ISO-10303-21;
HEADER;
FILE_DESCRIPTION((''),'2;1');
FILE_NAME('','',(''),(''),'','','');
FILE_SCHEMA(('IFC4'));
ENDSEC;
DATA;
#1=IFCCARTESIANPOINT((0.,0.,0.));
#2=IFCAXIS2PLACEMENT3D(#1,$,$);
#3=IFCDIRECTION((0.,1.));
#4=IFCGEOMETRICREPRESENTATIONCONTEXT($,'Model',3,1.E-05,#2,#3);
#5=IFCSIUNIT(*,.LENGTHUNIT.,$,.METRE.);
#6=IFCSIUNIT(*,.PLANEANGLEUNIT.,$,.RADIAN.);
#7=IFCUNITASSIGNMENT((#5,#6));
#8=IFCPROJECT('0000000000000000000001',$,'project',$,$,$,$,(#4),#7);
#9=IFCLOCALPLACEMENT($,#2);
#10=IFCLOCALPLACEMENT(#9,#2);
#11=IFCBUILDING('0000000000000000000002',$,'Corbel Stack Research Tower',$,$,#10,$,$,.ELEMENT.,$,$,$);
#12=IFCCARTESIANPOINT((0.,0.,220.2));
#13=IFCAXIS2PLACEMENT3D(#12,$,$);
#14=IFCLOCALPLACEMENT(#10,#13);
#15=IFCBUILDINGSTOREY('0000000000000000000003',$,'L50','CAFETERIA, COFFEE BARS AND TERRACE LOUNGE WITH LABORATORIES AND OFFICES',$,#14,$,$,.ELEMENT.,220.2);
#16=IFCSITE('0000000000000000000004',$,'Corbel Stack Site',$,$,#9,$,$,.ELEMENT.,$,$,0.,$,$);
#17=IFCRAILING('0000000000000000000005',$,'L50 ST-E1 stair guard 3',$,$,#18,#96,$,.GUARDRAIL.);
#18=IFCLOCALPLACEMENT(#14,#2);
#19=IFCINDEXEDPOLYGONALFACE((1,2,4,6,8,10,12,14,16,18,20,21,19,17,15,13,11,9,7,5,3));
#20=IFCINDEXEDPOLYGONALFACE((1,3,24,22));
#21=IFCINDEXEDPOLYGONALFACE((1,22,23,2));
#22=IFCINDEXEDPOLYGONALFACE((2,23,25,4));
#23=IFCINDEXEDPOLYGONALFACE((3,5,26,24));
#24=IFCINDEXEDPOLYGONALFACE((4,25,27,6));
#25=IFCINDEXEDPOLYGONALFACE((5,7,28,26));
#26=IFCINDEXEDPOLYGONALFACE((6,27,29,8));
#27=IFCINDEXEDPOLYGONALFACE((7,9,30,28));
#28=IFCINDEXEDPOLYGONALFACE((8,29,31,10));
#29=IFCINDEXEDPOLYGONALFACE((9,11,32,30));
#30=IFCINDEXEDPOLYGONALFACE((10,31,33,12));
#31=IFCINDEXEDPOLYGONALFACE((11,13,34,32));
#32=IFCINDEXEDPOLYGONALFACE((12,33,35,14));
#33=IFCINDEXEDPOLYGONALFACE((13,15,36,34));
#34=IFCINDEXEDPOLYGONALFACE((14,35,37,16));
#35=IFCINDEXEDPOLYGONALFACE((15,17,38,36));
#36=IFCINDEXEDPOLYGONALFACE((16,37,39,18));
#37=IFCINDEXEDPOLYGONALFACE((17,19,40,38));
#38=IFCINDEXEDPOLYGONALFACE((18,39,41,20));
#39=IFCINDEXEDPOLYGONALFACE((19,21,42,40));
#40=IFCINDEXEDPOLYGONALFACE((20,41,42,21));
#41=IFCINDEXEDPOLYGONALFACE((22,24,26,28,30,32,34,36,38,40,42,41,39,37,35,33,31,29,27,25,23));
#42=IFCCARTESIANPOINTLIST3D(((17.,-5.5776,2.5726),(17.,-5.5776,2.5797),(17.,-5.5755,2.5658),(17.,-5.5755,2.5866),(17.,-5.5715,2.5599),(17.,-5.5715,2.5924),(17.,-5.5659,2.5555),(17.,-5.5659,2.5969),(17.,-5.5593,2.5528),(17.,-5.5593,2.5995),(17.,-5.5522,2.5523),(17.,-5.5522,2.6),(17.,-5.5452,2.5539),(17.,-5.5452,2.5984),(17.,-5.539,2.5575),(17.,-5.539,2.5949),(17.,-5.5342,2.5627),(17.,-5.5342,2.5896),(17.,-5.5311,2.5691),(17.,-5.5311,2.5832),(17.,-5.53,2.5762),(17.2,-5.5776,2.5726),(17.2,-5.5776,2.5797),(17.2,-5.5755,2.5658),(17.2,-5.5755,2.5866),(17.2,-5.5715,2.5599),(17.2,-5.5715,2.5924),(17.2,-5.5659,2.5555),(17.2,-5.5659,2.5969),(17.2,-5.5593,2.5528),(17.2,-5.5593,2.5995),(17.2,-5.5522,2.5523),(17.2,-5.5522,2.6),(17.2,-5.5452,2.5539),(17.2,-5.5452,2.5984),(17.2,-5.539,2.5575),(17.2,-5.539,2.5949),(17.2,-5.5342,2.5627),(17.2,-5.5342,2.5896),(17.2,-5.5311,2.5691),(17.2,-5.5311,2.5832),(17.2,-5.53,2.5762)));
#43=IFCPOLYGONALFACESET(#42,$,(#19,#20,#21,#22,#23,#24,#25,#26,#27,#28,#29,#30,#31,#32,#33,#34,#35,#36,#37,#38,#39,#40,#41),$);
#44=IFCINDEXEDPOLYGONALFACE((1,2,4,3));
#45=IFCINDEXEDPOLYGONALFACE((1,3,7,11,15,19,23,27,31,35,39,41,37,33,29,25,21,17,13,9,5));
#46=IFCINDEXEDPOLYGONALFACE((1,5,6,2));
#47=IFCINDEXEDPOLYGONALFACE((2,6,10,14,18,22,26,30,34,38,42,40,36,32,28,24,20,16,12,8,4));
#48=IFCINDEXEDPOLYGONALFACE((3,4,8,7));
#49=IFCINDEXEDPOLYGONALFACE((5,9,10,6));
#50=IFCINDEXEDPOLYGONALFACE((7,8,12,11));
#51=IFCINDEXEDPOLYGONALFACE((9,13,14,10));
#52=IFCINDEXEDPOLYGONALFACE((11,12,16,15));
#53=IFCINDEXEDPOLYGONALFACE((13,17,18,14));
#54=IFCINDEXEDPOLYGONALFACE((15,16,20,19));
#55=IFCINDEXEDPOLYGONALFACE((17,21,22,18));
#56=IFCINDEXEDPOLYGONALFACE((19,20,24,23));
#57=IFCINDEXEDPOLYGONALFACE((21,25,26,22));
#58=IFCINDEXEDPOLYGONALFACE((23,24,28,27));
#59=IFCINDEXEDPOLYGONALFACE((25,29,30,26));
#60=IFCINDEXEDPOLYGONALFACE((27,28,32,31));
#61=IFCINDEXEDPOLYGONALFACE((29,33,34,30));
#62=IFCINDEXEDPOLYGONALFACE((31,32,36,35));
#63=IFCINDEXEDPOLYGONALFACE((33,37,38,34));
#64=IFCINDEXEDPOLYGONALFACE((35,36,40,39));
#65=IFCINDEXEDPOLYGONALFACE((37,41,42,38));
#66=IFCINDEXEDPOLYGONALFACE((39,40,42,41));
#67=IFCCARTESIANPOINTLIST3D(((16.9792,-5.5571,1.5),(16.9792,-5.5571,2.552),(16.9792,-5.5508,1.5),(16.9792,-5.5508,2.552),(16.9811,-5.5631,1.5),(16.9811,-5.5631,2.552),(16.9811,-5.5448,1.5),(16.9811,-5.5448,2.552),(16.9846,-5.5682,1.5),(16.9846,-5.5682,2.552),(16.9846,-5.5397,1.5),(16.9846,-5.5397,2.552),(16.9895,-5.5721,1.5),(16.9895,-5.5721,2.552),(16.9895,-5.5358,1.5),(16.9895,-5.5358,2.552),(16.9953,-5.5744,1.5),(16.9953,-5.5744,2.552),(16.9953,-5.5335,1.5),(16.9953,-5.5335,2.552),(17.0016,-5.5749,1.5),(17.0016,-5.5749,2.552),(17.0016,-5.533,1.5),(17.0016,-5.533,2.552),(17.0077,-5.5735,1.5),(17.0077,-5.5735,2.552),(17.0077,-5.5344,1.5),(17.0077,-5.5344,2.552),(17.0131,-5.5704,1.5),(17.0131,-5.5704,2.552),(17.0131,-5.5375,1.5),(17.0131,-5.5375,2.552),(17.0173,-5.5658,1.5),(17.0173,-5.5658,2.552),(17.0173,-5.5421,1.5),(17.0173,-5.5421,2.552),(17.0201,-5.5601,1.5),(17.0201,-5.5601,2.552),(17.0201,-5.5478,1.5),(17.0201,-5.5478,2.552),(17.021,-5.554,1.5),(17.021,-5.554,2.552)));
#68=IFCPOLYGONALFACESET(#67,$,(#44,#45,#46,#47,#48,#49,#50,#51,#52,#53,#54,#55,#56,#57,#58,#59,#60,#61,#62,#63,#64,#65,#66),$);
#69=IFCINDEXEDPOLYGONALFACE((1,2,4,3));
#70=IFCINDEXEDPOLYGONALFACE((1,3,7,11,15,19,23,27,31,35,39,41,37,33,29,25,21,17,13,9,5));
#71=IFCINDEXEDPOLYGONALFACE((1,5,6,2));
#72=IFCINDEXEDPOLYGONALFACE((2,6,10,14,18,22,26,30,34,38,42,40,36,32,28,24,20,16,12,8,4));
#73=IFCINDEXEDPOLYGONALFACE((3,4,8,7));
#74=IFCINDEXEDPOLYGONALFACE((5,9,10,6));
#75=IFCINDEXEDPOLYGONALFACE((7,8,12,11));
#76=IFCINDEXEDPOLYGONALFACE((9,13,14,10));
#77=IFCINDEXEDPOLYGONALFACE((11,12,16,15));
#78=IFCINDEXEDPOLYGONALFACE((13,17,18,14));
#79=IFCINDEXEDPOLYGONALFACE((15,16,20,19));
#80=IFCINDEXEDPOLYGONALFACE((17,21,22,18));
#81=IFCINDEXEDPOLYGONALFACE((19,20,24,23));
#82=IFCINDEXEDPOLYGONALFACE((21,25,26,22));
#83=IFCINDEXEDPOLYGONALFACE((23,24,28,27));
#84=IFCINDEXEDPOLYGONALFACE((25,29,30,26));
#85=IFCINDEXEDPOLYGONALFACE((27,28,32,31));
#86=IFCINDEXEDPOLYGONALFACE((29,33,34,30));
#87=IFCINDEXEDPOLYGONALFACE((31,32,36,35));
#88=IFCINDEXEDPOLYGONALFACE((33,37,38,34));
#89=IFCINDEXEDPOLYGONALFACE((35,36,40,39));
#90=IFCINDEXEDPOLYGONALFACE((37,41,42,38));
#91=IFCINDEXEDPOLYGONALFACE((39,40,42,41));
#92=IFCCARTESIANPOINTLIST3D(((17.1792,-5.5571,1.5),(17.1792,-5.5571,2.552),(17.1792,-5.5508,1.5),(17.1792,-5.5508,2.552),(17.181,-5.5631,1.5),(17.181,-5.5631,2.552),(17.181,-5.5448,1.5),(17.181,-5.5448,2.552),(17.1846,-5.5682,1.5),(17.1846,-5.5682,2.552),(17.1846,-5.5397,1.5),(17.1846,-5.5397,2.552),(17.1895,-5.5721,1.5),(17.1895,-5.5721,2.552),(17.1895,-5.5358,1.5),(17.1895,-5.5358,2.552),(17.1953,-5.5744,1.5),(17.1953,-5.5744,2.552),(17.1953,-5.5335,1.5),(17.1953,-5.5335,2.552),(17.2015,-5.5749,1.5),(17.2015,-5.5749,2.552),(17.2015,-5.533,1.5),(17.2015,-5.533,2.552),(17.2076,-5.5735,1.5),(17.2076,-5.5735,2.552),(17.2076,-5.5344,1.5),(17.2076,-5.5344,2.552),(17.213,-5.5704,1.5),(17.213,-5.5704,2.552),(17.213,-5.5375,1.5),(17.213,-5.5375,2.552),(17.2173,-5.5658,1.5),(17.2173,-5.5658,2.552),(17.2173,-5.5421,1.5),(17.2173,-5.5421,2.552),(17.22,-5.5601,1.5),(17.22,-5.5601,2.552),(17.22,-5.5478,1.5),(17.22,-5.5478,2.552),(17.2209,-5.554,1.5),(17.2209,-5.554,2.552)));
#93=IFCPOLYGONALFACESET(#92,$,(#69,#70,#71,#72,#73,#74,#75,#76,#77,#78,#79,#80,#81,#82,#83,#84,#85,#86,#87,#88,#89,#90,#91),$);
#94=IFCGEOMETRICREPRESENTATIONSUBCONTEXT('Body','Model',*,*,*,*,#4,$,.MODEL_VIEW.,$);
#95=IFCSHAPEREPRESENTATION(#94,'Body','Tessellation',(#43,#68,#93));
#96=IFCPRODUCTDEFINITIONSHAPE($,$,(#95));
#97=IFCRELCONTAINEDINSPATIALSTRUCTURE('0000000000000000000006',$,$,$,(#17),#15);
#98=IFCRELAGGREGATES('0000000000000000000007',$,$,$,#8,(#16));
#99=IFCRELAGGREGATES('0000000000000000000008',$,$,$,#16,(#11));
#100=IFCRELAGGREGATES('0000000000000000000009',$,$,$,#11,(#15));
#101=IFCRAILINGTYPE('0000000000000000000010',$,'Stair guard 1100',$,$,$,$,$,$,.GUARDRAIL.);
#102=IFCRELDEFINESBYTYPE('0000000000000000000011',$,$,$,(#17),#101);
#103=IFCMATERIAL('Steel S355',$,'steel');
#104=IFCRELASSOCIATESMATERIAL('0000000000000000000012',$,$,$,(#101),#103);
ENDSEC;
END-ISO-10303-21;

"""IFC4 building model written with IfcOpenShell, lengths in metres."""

from ifc_helpers import new_model, si_unit, direction, frame, origin, origin_2d, place, context, subcontext, project, spatial, circle, extrude, material, type_object, element, save


model = new_model("IFC4")

# Units and contexts
model_context = context("Model", 3, precision=1e-05, world=origin(), true_north=direction((0.0, 1.0)))
body_context = subcontext(model_context, "Body", "Model", "MODEL_VIEW")
ifc_project = project(units=[si_unit("LENGTHUNIT", "METRE"), si_unit("PLANEANGLEUNIT", "RADIAN")], contexts=[model_context])

# Site, building, storey
site_placement = place(None, origin())
site = spatial("IfcSite", under=ifc_project, at=site_placement, Name="Corbel Stack Site", CompositionType="ELEMENT", RefElevation=0.0)
building_placement = place(site_placement, origin())
building = spatial("IfcBuilding", under=site, at=building_placement, Name="Corbel Stack Research Tower", CompositionType="ELEMENT")
storey_placement = place(building_placement, frame((0.0, 0.0, 220.2)))
storey = spatial("IfcBuildingStorey", under=building, at=storey_placement, Name="L50", Description="CAFETERIA, COFFEE BARS AND TERRACE LOUNGE WITH LABORATORIES AND OFFICES", CompositionType="ELEMENT", Elevation=220.2)

# Railing
ifc_material_1 = material(Name="Steel S355", Category="steel")
railing_type = type_object("IfcRailingType", Name="Stair guard 1100", PredefinedType="GUARDRAIL", material=ifc_material_1)
railing_1_placement = place(storey_placement, frame((17.0, -5.554, 1.5)))
element("IfcRailing", 1, at=railing_1_placement, inside=storey, type_object=railing_type, Name="L50 ST-E1 stair guard 3", PredefinedType="GUARDRAIL", context=body_context, shape_type="SweptSolid", body=[
    extrude(circle(Radius=0.0239, at=origin_2d()), frame((0.0, 0.0, 1.0762), z_axis=(1.0, 0.0, 0.0), x_axis=(0.0, 1.0, 0.0)), (0.0, 0.0, 1.0), 0.2),
    extrude(circle(Radius=0.021, at=origin_2d()), origin(), (0.0, 0.0, 1.0), 1.052),
    extrude(circle(Radius=0.021, at=origin_2d()), frame((0.2, 0.0, 0.0)), (0.0, 0.0, 1.0), 1.052),
])

save(model, "model.ifc")
